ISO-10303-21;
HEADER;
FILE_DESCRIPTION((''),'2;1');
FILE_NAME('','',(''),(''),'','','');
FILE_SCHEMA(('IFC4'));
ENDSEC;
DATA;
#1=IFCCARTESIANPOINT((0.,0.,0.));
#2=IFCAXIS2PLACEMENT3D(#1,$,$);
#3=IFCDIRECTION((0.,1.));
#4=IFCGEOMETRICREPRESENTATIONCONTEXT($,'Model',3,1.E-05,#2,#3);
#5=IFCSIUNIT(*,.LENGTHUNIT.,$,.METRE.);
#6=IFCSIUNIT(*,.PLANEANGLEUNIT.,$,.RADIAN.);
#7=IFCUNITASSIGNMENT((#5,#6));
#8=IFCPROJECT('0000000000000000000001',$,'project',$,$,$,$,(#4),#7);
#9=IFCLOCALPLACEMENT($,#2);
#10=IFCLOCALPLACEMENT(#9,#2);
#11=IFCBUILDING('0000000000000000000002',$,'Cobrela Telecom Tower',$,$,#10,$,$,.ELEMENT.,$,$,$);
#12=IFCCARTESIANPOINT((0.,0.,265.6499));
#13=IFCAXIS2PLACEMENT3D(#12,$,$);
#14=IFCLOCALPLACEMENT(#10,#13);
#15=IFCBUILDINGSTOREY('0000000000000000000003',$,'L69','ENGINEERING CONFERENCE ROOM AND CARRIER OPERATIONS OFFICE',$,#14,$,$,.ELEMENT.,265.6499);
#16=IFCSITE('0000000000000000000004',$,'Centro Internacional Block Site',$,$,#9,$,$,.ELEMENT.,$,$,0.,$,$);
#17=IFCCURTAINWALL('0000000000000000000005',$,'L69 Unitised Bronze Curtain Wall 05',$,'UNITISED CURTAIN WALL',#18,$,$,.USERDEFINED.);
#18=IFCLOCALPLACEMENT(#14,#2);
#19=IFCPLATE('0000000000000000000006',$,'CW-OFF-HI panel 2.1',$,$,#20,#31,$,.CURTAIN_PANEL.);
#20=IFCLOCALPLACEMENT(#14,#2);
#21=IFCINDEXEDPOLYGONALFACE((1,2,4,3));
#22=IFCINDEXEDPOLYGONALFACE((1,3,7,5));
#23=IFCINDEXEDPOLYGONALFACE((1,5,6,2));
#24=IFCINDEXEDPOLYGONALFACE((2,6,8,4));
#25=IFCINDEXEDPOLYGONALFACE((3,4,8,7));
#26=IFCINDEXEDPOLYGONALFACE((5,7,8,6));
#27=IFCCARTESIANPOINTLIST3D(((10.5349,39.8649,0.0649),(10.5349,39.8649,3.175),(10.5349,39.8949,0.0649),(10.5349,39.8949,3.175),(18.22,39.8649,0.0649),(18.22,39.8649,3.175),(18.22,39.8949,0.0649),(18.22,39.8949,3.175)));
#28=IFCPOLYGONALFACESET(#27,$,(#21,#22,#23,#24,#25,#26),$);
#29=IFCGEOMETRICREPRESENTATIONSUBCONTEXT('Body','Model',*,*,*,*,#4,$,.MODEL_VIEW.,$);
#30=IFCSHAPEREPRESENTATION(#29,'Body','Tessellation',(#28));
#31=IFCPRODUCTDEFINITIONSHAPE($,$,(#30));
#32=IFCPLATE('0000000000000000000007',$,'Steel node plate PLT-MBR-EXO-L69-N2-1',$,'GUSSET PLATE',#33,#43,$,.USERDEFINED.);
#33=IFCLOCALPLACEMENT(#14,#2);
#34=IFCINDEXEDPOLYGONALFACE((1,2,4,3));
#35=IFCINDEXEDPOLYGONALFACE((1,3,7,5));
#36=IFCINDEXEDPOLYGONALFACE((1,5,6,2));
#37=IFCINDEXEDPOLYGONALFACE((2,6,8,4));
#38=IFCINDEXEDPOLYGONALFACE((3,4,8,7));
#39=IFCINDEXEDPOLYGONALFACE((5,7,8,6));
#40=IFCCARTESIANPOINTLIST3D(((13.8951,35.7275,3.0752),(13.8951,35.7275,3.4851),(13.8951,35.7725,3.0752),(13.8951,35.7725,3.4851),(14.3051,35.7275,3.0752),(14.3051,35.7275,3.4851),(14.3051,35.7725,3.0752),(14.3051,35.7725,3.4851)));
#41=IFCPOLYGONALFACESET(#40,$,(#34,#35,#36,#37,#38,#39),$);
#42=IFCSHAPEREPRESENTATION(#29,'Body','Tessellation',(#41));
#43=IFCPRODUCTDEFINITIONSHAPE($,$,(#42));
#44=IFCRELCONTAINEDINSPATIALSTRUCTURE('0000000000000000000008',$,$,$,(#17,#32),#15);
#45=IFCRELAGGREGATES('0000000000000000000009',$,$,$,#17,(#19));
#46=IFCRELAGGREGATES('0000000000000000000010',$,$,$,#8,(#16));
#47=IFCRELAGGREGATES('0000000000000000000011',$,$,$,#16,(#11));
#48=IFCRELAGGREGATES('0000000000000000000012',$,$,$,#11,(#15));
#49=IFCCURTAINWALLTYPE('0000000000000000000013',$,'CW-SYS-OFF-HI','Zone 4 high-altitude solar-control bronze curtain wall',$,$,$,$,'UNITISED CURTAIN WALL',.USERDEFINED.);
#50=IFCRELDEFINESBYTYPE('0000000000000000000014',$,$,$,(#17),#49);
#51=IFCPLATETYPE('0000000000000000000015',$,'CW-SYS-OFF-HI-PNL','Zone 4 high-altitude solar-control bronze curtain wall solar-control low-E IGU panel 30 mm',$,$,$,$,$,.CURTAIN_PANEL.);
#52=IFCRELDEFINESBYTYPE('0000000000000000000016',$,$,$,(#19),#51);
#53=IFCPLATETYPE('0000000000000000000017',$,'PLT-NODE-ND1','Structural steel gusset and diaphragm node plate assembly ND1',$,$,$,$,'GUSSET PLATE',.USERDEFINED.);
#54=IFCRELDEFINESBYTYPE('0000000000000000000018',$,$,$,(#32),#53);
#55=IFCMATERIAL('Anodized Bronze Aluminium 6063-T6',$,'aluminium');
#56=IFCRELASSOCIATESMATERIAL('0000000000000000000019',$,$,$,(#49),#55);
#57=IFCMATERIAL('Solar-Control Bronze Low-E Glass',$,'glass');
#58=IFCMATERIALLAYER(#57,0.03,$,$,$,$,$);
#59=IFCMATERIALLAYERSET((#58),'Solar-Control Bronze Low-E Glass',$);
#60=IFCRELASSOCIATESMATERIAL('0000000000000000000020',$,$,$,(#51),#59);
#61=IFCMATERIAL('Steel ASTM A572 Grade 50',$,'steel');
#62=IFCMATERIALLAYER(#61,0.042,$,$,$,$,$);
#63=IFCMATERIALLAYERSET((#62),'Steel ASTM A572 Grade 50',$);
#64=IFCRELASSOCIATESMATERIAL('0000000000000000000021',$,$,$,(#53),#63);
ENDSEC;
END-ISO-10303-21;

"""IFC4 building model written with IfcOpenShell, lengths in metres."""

from ifc_helpers import new_model, si_unit, direction, frame, origin, origin_2d, place, context, subcontext, project, spatial, rectangle, extrude, material, layer, layer_set, type_object, element, aggregate, save


model = new_model("IFC4")

# Units and contexts
model_context = context("Model", 3, precision=1e-05, world=origin(), true_north=direction((0.0, 1.0)))
body_context = subcontext(model_context, "Body", "Model", "MODEL_VIEW")
ifc_project = project(units=[si_unit("LENGTHUNIT", "METRE"), si_unit("PLANEANGLEUNIT", "RADIAN")], contexts=[model_context])

# Site, building, storey
site_placement = place(None, origin())
site = spatial("IfcSite", under=ifc_project, at=site_placement, Name="Centro Internacional Block Site", CompositionType="ELEMENT", RefElevation=0.0)
building_placement = place(site_placement, origin())
building = spatial("IfcBuilding", under=site, at=building_placement, Name="Cobrela Telecom Tower", CompositionType="ELEMENT")
storey_placement = place(building_placement, frame((0.0, 0.0, 265.6499)))
storey = spatial("IfcBuildingStorey", under=building, at=storey_placement, Name="L69", Description="ENGINEERING CONFERENCE ROOM AND CARRIER OPERATIONS OFFICE", CompositionType="ELEMENT", Elevation=265.6499)

# Shared definitions
ifc_material_1 = material(Name="Steel ASTM A572 Grade 50", Category="steel")

# Curtain wall
ifc_material_2 = material(Name="Anodized Bronze Aluminium 6063-T6", Category="aluminium")
curtain_wall_type = type_object("IfcCurtainWallType", Name="CW-SYS-OFF-HI", Description="Zone 4 high-altitude solar-control bronze curtain wall", ElementType="UNITISED CURTAIN WALL", PredefinedType="USERDEFINED", material=ifc_material_2)
curtain_wall_placement = place(storey_placement, origin())
curtain_wall = element("IfcCurtainWall", 1, at=curtain_wall_placement, inside=storey, type_object=curtain_wall_type, Name="L69 Unitised Bronze Curtain Wall 05", ObjectType="UNITISED CURTAIN WALL", PredefinedType="USERDEFINED")

# Plates
ifc_material_3 = material(Name="Solar-Control Bronze Low-E Glass", Category="glass")
ifc_layer_1 = layer(ifc_material_3, 0.03)
ifc_layer_set_1 = layer_set([ifc_layer_1], Name="Solar-Control Bronze Low-E Glass")
plate_type_1 = type_object("IfcPlateType", Name="CW-SYS-OFF-HI-PNL", Description="Zone 4 high-altitude solar-control bronze curtain wall solar-control low-E IGU panel 30 mm", PredefinedType="CURTAIN_PANEL", material=ifc_layer_set_1)
plate_1_placement = place(storey_placement, frame((14.3774, 39.8799, 0.0649), z_axis=(0.0, 0.0, 1.0), x_axis=(1.0, 0.0, 0.0)))
plate_1 = element("IfcPlate", 2, at=plate_1_placement, type_object=plate_type_1, Name="CW-OFF-HI panel 2.1", PredefinedType="CURTAIN_PANEL", context=body_context, shape_type="SweptSolid", body=[
    extrude(rectangle(XDim=7.6851, YDim=0.03, at=origin_2d()), origin(), (0.0, 0.0, 1.0), 3.1101),
])
aggregate(curtain_wall, [plate_1])
ifc_layer_2 = layer(ifc_material_1, 0.042)
ifc_layer_set_2 = layer_set([ifc_layer_2], Name="Steel ASTM A572 Grade 50")
plate_type_2 = type_object("IfcPlateType", Name="PLT-NODE-ND1", Description="Structural steel gusset and diaphragm node plate assembly ND1", ElementType="GUSSET PLATE", PredefinedType="USERDEFINED", material=ifc_layer_set_2)
plate_2_placement = place(storey_placement, frame((14.1001, 35.75, 3.0752), z_axis=(0.0, 0.0, 1.0), x_axis=(1.0, 0.0, 0.0)))
element("IfcPlate", 3, at=plate_2_placement, inside=storey, type_object=plate_type_2, Name="Steel node plate PLT-MBR-EXO-L69-N2-1", ObjectType="GUSSET PLATE", PredefinedType="USERDEFINED", context=body_context, shape_type="SweptSolid", body=[
    extrude(rectangle(XDim=0.4099, YDim=0.0449, at=origin_2d()), origin(), (0.0, 0.0, 1.0), 0.4099),
])

save(model, "model.ifc")
